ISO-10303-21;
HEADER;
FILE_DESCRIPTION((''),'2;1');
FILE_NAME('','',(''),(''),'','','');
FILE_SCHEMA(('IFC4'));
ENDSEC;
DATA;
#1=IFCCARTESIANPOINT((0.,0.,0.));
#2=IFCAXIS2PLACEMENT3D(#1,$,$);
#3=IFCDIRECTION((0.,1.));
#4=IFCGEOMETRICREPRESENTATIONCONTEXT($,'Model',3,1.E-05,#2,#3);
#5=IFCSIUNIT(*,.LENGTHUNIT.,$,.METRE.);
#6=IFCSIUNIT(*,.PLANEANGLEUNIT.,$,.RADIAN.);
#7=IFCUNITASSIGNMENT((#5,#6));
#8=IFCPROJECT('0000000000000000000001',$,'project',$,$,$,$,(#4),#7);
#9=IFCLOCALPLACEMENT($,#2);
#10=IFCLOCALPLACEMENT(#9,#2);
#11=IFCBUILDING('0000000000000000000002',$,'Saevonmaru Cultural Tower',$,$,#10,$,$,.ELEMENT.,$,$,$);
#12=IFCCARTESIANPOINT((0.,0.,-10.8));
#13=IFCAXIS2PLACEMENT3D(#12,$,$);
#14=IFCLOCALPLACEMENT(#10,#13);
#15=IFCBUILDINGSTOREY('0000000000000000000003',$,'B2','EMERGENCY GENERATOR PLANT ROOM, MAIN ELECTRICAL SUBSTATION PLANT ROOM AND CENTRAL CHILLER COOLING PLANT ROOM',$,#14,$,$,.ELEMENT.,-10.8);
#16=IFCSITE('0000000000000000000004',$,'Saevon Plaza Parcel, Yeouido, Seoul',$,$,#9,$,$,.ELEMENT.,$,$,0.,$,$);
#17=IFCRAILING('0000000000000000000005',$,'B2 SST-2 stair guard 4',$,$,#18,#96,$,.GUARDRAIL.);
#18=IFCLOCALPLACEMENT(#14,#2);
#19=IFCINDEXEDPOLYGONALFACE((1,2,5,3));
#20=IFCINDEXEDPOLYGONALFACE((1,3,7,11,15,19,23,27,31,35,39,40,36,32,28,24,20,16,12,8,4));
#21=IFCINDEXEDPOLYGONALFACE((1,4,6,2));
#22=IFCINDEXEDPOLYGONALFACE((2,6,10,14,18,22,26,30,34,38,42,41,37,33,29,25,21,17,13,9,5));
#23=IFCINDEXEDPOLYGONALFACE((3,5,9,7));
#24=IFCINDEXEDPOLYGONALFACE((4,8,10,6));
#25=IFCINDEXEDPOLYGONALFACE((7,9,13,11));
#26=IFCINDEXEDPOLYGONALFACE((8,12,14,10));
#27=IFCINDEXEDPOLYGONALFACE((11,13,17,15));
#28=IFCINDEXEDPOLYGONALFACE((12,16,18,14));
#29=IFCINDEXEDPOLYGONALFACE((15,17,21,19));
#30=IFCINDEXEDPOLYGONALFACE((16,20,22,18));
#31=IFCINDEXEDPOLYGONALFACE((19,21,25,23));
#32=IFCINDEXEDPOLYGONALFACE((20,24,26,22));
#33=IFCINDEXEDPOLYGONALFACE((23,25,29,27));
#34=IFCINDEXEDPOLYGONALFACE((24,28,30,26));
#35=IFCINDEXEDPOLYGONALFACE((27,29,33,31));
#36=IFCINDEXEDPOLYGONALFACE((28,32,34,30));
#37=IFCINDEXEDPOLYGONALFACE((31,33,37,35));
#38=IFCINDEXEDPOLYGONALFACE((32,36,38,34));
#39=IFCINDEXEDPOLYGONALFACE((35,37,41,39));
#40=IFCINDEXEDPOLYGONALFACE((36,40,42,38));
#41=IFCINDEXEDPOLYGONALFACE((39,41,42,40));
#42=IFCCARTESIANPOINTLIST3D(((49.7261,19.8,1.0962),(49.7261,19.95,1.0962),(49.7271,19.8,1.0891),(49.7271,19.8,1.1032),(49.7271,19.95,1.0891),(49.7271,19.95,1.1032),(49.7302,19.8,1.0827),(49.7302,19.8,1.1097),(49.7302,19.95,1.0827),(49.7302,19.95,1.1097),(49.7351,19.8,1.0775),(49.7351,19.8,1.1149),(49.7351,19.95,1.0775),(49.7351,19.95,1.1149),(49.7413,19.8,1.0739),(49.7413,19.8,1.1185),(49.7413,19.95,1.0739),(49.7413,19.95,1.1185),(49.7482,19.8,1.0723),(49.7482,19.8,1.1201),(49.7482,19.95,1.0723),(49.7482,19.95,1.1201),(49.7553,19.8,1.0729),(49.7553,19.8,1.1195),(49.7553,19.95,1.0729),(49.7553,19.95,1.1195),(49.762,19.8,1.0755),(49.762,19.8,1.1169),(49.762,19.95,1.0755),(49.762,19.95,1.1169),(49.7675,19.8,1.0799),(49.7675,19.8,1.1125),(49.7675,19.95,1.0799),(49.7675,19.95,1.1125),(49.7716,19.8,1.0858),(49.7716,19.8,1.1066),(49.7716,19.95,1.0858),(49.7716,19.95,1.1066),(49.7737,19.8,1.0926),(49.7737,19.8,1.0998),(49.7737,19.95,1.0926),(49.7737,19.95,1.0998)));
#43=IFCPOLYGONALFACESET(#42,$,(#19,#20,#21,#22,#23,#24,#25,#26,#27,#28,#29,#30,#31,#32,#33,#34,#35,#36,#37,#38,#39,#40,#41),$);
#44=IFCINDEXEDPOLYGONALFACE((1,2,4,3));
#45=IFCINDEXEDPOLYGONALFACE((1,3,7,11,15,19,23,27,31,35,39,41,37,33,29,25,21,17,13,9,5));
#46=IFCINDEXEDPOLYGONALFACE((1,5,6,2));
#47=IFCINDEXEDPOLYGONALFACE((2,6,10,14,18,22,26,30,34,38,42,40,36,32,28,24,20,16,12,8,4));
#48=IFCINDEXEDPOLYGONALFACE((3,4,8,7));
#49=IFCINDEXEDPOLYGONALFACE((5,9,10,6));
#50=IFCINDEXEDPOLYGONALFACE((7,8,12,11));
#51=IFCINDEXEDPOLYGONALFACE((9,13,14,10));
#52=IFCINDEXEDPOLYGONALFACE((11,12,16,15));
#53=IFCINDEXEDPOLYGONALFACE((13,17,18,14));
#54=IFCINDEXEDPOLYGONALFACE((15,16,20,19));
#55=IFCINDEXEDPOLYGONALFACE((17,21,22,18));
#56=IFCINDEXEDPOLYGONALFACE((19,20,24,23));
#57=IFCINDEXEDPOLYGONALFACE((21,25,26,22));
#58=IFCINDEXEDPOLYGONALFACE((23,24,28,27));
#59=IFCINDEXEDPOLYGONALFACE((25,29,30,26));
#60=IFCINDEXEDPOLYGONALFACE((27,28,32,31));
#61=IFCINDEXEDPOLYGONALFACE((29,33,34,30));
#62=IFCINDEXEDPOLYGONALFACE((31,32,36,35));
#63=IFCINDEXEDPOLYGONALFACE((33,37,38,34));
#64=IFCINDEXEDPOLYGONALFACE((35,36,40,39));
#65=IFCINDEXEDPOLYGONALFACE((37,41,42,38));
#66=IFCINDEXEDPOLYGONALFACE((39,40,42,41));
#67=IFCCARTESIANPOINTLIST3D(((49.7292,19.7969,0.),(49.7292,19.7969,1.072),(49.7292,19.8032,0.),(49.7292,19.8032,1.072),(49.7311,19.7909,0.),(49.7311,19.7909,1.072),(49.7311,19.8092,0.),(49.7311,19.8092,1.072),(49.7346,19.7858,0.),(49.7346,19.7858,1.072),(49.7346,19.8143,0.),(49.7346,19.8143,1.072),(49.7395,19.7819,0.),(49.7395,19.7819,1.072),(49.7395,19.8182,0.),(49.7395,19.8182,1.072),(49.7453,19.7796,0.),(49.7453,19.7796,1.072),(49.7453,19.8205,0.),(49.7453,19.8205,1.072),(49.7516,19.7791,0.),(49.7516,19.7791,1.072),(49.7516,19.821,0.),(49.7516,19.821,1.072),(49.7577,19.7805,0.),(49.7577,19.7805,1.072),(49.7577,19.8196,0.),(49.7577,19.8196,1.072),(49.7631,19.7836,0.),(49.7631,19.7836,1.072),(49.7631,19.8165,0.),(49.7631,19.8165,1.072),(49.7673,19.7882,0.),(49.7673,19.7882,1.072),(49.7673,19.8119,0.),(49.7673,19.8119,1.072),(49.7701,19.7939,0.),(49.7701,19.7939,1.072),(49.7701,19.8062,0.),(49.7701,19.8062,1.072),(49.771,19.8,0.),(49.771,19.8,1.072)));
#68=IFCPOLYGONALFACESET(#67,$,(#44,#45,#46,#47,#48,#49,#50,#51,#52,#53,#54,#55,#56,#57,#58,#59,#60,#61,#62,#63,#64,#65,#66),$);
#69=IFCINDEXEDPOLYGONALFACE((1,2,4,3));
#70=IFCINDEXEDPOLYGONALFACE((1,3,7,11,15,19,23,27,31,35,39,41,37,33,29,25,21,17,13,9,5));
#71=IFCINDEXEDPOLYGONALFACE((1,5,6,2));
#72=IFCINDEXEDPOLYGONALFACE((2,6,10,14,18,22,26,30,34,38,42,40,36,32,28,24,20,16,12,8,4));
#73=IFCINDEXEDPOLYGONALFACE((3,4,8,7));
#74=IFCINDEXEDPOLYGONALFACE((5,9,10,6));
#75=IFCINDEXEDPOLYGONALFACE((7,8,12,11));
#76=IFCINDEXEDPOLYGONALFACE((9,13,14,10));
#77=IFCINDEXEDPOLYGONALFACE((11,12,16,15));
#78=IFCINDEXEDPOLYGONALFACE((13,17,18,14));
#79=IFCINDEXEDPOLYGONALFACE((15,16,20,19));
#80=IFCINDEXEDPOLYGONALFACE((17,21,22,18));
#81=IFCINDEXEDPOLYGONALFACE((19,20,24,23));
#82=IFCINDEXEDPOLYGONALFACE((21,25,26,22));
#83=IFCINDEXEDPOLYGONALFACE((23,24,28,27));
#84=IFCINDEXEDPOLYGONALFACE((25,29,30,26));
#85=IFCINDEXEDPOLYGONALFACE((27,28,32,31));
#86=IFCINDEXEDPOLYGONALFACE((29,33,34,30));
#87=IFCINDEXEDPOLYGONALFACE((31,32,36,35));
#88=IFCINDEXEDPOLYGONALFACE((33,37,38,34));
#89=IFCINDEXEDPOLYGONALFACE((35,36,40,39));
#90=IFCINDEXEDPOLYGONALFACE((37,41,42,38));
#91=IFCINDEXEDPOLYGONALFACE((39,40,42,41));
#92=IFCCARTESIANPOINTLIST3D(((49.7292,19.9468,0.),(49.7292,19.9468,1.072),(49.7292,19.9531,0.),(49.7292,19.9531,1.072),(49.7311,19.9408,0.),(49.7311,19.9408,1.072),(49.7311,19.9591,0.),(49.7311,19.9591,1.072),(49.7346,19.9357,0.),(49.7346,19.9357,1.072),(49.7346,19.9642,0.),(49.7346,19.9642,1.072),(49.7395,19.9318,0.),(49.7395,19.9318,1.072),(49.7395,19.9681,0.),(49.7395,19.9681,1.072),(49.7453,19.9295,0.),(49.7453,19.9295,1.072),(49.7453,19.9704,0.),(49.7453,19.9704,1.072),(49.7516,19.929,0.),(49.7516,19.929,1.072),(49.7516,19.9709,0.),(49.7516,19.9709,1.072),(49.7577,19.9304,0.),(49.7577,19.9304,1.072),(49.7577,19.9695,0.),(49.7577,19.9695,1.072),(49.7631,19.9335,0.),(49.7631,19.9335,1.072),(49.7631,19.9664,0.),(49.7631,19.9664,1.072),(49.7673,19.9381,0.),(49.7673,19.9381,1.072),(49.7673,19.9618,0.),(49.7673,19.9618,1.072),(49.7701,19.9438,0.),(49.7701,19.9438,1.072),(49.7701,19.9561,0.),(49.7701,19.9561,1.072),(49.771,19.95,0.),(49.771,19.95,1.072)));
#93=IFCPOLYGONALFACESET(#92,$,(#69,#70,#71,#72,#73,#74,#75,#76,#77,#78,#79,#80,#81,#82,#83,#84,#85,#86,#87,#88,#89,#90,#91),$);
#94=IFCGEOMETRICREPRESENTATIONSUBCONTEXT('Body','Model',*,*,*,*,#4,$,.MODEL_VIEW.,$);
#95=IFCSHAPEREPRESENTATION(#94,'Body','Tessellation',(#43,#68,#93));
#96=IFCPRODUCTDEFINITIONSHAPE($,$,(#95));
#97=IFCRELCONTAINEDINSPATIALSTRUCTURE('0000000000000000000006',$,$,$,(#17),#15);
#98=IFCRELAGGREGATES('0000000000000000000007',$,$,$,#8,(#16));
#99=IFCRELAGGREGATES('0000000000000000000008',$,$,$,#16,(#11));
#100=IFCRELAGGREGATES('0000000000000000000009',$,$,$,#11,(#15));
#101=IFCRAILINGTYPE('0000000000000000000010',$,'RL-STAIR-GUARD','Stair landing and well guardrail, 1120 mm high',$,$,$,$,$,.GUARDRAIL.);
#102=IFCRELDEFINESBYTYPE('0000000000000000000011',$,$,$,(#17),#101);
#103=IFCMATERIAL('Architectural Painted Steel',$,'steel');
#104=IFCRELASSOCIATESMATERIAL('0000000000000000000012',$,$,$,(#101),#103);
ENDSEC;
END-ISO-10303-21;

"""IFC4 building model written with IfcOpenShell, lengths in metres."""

from ifc_helpers import new_model, si_unit, direction, frame, origin, origin_2d, place, context, subcontext, project, spatial, circle, extrude, material, type_object, element, save


model = new_model("IFC4")

# Units and contexts
model_context = context("Model", 3, precision=1e-05, world=origin(), true_north=direction((0.0, 1.0)))
body_context = subcontext(model_context, "Body", "Model", "MODEL_VIEW")
ifc_project = project(units=[si_unit("LENGTHUNIT", "METRE"), si_unit("PLANEANGLEUNIT", "RADIAN")], contexts=[model_context])

# Site, building, storey
site_placement = place(None, origin())
site = spatial("IfcSite", under=ifc_project, at=site_placement, Name="Saevon Plaza Parcel, Yeouido, Seoul", CompositionType="ELEMENT", RefElevation=0.0)
building_placement = place(site_placement, origin())
building = spatial("IfcBuilding", under=site, at=building_placement, Name="Saevonmaru Cultural Tower", CompositionType="ELEMENT")
storey_placement = place(building_placement, frame((0.0, 0.0, -10.8)))
storey = spatial("IfcBuildingStorey", under=building, at=storey_placement, Name="B2", Description="EMERGENCY GENERATOR PLANT ROOM, MAIN ELECTRICAL SUBSTATION PLANT ROOM AND CENTRAL CHILLER COOLING PLANT ROOM", CompositionType="ELEMENT", Elevation=-10.8)

# Railing
ifc_material_1 = material(Name="Architectural Painted Steel", Category="steel")
railing_type_1 = type_object("IfcRailingType", Name="RL-STAIR-GUARD", Description="Stair landing and well guardrail, 1120 mm high", PredefinedType="GUARDRAIL", material=ifc_material_1)
railing_1_placement = place(storey_placement, frame((49.75, 19.8, 0.0)))
element("IfcRailing", 1, at=railing_1_placement, inside=storey, type_object=railing_type_1, Name="B2 SST-2 stair guard 4", PredefinedType="GUARDRAIL", context=body_context, shape_type="SweptSolid", body=[
    extrude(circle(Radius=0.0239, at=origin_2d()), frame((0.0, 0.0, 1.0962), z_axis=(0.0, 1.0, 0.0), x_axis=(-1.0, 0.0, 0.0)), (0.0, 0.0, 1.0), 0.1499),
    extrude(circle(Radius=0.021, at=origin_2d()), origin(), (0.0, 0.0, 1.0), 1.072),
    extrude(circle(Radius=0.021, at=origin_2d()), frame((0.0, 0.1499, 0.0)), (0.0, 0.0, 1.0), 1.072),
])

save(model, "model.ifc")
